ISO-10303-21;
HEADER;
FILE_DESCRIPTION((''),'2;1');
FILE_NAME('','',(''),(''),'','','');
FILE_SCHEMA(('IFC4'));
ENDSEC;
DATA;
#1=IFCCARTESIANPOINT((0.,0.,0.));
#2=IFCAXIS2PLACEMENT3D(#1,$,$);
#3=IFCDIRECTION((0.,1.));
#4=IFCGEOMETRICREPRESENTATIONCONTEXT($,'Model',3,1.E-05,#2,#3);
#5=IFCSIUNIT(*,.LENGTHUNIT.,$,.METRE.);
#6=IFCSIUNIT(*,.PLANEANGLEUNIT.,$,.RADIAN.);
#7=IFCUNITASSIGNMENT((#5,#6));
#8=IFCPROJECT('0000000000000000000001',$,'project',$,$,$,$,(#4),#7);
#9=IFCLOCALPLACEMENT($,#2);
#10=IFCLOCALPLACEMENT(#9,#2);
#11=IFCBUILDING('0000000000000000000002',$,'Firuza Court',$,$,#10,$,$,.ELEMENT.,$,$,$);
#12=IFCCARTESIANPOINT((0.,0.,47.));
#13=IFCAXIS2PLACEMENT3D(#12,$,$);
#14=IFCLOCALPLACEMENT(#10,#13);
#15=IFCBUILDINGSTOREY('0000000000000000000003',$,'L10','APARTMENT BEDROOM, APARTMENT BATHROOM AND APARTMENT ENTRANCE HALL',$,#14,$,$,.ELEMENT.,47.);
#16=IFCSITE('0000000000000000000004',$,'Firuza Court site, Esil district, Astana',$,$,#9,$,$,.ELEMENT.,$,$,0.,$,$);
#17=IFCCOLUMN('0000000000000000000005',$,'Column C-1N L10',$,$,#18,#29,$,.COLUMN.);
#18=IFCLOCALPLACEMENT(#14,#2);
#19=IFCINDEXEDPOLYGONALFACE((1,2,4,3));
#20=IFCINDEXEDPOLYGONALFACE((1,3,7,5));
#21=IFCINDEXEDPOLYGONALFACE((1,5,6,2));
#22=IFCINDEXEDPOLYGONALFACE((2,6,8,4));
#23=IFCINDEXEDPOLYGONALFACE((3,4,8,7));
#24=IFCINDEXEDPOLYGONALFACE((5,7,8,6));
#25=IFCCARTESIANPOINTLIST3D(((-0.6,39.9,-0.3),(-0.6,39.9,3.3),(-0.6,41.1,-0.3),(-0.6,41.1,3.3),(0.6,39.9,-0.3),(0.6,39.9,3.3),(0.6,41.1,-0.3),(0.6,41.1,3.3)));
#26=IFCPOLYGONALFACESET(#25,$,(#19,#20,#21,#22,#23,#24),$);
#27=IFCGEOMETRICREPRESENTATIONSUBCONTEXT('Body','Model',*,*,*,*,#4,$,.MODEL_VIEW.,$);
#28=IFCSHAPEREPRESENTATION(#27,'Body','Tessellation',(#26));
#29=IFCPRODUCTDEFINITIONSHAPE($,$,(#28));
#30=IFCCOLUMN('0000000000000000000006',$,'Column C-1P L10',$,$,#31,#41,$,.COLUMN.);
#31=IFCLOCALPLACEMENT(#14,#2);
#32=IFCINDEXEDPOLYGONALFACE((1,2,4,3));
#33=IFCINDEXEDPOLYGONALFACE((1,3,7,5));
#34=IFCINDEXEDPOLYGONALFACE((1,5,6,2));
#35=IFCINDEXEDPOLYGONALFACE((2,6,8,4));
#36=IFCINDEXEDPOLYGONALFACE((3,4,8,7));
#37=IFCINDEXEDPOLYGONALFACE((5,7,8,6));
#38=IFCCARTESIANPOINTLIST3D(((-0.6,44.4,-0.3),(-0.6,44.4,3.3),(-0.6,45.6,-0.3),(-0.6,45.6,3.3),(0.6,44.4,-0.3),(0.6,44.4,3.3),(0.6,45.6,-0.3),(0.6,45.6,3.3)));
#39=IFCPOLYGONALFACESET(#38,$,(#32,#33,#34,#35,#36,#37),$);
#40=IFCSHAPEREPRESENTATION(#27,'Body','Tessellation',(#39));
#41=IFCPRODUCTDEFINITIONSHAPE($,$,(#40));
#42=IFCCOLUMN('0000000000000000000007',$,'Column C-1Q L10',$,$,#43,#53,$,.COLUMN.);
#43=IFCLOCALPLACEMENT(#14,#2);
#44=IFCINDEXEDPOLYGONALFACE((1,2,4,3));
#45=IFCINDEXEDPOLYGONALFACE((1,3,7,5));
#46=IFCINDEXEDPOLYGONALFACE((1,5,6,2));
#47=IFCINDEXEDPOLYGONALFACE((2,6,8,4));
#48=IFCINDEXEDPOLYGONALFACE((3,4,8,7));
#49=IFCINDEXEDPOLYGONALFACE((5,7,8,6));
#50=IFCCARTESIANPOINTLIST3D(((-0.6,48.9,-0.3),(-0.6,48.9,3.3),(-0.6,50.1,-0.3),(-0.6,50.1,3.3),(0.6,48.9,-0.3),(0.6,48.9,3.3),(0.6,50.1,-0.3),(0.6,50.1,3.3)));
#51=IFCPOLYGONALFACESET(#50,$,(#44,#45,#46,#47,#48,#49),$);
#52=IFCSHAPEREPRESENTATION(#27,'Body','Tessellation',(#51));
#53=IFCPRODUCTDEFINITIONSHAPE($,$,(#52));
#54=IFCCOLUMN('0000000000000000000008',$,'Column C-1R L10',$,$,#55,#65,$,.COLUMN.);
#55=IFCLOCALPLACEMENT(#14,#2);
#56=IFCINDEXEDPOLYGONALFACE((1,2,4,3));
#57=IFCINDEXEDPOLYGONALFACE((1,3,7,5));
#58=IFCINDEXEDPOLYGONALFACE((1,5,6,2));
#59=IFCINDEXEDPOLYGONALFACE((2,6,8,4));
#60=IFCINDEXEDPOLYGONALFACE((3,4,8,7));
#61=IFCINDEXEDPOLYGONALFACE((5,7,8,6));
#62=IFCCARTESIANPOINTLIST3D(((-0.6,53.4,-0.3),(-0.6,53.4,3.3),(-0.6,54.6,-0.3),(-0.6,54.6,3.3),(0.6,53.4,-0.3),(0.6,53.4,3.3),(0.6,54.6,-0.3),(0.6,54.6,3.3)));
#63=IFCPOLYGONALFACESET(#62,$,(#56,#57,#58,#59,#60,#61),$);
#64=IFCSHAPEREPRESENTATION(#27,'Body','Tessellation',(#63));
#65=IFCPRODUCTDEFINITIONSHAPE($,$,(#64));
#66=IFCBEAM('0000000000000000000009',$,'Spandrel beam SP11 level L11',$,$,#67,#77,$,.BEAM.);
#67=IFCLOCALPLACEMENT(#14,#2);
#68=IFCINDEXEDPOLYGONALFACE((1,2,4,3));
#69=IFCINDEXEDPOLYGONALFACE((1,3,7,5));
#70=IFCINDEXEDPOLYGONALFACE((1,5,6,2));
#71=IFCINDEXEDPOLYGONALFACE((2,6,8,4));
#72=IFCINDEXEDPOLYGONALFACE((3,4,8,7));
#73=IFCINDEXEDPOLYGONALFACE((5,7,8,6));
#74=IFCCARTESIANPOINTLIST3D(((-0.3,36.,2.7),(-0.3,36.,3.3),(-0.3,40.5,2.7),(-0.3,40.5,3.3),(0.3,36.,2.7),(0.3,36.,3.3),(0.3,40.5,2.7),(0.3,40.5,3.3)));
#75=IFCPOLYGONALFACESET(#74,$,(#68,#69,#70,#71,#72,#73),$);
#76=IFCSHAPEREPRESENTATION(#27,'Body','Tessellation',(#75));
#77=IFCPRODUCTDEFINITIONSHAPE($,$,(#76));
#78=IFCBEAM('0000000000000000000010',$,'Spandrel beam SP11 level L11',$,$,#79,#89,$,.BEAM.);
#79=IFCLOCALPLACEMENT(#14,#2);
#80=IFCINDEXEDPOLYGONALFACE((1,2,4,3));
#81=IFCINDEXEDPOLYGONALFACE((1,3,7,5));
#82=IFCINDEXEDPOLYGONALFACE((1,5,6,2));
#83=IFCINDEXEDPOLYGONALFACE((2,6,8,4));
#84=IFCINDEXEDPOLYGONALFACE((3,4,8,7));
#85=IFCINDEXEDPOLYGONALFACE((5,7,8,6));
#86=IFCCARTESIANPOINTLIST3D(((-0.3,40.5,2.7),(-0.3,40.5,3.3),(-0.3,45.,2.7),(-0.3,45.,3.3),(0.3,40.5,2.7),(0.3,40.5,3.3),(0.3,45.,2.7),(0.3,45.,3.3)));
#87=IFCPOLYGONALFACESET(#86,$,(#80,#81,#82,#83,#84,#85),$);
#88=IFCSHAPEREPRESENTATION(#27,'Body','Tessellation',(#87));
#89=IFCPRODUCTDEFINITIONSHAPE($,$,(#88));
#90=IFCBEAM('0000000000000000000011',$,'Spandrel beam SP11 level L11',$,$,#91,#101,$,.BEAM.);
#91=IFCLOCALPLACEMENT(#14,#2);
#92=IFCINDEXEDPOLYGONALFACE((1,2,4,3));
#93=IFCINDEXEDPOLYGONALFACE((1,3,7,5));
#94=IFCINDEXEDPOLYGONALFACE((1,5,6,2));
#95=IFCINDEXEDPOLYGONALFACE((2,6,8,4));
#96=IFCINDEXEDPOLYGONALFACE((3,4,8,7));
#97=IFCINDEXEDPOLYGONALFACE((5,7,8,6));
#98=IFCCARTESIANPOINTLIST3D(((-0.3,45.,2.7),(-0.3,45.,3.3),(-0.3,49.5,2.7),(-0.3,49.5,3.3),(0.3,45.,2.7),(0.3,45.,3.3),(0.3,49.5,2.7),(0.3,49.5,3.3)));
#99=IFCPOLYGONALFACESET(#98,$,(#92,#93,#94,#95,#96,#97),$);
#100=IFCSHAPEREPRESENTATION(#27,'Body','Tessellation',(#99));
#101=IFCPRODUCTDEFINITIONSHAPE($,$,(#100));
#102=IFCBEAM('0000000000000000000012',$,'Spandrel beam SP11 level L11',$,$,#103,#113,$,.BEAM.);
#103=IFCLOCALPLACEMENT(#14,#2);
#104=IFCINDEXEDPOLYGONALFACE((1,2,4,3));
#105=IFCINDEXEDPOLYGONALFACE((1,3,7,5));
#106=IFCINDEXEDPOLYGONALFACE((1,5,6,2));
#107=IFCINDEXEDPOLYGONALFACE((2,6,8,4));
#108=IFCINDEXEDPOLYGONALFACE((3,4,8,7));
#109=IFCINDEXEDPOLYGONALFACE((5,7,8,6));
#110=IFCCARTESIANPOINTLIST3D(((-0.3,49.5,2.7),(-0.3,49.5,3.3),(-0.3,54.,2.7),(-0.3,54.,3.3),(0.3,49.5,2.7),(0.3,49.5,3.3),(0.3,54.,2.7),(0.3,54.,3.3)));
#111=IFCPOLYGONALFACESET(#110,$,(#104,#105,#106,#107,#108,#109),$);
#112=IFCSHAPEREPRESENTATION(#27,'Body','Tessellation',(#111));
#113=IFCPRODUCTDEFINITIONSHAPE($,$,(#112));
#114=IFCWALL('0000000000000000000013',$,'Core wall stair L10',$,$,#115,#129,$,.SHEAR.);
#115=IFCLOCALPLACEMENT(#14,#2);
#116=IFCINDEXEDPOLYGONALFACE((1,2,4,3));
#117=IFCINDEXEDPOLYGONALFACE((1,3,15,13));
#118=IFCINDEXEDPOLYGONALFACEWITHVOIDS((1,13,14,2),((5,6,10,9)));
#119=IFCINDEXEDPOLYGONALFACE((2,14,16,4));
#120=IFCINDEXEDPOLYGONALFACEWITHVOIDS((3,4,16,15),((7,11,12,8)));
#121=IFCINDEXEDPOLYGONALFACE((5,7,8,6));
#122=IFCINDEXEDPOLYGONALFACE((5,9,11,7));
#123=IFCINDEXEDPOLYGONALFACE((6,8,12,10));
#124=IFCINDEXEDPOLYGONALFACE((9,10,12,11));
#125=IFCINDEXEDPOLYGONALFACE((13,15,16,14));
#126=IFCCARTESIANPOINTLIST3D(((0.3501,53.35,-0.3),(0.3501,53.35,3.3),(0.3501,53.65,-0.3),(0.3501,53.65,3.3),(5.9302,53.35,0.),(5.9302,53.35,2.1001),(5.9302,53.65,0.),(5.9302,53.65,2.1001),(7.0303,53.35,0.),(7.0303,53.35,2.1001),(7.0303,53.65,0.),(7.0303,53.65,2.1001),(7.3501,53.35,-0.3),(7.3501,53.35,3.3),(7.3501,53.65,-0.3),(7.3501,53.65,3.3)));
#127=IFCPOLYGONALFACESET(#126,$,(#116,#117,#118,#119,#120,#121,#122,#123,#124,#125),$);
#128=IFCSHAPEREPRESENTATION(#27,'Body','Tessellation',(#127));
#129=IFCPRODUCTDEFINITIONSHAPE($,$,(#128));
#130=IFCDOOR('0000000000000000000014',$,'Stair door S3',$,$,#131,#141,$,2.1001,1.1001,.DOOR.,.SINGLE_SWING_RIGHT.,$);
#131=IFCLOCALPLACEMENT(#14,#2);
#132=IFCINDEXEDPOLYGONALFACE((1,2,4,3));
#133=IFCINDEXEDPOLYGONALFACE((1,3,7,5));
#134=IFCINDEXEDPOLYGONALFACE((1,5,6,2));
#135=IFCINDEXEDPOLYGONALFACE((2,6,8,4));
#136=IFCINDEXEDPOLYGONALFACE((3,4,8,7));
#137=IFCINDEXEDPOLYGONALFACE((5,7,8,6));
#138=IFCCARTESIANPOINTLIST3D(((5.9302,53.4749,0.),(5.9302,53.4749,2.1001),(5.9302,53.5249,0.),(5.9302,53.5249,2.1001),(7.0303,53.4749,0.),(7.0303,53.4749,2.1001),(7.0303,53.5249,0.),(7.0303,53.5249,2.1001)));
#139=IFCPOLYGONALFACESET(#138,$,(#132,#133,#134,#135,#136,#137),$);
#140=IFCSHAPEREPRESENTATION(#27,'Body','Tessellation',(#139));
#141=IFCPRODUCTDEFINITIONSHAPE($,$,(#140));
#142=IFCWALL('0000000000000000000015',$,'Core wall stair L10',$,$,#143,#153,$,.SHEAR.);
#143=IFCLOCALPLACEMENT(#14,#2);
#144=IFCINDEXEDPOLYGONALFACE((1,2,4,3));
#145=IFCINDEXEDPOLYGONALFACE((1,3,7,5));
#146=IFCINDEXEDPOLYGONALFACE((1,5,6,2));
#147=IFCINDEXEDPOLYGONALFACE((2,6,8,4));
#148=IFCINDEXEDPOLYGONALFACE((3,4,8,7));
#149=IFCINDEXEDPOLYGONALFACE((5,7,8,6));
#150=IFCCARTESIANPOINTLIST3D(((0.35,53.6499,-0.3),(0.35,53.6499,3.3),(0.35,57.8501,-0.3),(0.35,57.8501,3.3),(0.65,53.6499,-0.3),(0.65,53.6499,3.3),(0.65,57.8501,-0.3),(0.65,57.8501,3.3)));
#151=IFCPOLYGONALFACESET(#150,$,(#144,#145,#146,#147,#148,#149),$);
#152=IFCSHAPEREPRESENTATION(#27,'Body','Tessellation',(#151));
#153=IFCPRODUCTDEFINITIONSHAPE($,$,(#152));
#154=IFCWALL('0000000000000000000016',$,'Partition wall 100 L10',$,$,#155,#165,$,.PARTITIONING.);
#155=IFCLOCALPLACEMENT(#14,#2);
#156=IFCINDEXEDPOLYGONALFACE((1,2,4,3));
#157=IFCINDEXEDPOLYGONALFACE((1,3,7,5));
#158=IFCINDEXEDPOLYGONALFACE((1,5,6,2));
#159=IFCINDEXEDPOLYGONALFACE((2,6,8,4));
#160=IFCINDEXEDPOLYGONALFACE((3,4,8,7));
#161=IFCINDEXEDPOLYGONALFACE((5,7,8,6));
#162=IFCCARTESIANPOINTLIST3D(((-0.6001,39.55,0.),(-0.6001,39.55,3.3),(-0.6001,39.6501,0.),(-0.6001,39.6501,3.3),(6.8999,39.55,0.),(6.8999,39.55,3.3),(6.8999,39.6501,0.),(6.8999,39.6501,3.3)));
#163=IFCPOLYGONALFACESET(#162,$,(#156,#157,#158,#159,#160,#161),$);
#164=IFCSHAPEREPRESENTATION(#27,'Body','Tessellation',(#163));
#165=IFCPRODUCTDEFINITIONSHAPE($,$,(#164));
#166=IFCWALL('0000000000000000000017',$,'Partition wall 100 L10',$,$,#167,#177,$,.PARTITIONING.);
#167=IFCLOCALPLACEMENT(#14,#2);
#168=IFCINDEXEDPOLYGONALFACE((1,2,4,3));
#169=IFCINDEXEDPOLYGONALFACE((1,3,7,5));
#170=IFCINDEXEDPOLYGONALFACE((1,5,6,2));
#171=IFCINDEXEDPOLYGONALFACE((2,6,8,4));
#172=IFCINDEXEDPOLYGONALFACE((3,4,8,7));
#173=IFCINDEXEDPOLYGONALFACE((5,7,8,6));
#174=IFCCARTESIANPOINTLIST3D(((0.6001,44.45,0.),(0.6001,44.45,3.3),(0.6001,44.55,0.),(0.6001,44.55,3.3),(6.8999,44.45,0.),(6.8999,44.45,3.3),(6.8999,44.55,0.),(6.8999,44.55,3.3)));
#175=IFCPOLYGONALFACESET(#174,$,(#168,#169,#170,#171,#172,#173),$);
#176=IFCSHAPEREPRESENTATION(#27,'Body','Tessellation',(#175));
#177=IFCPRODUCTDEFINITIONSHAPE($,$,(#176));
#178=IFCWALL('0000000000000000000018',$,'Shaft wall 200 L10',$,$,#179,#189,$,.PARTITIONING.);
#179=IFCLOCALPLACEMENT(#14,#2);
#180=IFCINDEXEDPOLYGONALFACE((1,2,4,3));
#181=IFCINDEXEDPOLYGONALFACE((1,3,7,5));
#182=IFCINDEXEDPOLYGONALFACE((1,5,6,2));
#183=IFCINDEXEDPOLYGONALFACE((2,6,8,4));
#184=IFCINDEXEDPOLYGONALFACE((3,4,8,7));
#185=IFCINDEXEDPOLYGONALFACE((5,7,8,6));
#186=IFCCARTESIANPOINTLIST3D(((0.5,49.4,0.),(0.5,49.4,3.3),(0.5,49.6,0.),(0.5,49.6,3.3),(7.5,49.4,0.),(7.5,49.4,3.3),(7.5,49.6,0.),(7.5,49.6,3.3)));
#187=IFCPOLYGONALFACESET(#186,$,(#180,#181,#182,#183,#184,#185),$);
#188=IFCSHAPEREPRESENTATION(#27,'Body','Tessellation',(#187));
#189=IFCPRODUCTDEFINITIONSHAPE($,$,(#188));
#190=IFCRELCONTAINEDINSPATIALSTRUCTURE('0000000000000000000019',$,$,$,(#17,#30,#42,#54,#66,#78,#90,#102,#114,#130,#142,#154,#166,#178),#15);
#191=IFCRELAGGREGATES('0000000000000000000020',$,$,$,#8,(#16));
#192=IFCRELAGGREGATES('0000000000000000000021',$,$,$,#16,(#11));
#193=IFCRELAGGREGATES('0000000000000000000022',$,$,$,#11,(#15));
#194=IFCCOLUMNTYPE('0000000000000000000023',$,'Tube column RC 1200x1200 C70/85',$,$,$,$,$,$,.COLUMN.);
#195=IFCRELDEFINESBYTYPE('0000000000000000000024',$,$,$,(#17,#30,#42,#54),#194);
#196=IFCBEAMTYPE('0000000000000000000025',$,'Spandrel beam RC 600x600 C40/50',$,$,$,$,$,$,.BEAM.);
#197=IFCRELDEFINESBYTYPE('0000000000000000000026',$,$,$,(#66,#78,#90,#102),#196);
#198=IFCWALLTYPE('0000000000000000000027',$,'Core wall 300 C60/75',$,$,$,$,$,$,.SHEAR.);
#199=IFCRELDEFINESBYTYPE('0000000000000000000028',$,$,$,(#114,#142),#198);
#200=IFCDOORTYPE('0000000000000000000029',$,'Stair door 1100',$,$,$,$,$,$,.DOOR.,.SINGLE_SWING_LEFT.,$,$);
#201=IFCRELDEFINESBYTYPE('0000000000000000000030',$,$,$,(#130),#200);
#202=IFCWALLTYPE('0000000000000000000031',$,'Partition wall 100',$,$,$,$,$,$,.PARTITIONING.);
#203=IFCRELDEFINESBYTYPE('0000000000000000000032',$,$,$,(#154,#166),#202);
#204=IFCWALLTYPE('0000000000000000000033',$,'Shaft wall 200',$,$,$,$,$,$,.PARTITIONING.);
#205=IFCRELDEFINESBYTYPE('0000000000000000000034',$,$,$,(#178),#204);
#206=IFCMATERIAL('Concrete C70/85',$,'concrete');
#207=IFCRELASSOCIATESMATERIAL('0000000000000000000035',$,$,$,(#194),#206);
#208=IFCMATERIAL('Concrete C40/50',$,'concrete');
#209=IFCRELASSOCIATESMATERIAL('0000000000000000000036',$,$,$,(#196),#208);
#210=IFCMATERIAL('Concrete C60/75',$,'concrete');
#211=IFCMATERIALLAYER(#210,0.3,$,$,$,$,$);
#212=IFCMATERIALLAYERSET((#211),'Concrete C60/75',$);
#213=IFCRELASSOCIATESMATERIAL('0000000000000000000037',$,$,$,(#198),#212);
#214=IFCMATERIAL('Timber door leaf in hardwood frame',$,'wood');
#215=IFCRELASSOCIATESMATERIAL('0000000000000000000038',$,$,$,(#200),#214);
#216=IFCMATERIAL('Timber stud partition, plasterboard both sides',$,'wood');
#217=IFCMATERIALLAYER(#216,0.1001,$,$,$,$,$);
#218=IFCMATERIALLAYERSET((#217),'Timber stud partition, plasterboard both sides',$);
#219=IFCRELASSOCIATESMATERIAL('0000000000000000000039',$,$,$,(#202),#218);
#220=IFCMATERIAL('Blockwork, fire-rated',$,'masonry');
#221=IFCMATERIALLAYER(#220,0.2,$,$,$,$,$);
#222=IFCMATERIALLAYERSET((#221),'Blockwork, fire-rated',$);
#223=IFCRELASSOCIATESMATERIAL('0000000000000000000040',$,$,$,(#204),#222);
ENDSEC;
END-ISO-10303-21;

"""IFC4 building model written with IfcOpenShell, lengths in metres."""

from ifc_helpers import new_model, si_unit, direction, frame, frame_2d, origin, origin_2d, place, context, subcontext, project, spatial, rectangle, extrude, material, layer, layer_set, material_profile, profile_set, type_object, element, fill, save


model = new_model("IFC4")

# Units and contexts
model_context = context("Model", 3, precision=1e-05, world=origin(), true_north=direction((0.0, 1.0)))
body_context = subcontext(model_context, "Body", "Model", "MODEL_VIEW")
ifc_project = project(units=[si_unit("LENGTHUNIT", "METRE"), si_unit("PLANEANGLEUNIT", "RADIAN")], contexts=[model_context])

# Site, building, storey
site_placement = place(None, origin())
site = spatial("IfcSite", under=ifc_project, at=site_placement, Name="Firuza Court site, Esil district, Astana", CompositionType="ELEMENT", RefElevation=0.0)
building_placement = place(site_placement, origin())
building = spatial("IfcBuilding", under=site, at=building_placement, Name="Firuza Court", CompositionType="ELEMENT")
storey_placement = place(building_placement, frame((0.0, 0.0, 47.0)))
storey = spatial("IfcBuildingStorey", under=building, at=storey_placement, Name="L10", Description="APARTMENT BEDROOM, APARTMENT BATHROOM AND APARTMENT ENTRANCE HALL", CompositionType="ELEMENT", Elevation=47.0)

# Columns
ifc_material_1 = material(Name="Concrete C70/85", Category="concrete")
ifc_material_profile_1 = material_profile(ifc_material_1, rectangle(XDim=1.2, YDim=1.2, at=origin_2d()), Name="RC 1200x1200")
ifc_profile_set_1 = profile_set([ifc_material_profile_1], Name="Concrete C70/85")
column_type = type_object("IfcColumnType", Name="Tube column RC 1200x1200 C70/85", PredefinedType="COLUMN", material=ifc_profile_set_1)
for number, where, z_axis, x_axis, name in (
    (1, (0.0, 40.5, -0.3), (0.0, 0.0, 1.0), (1.0, 0.0, 0.0), "Column C-1N L10"),
    (2, (0.0, 45.0, -0.3), (0.0, 0.0, 1.0), (1.0, 0.0, 0.0), "Column C-1P L10"),
    (3, (0.0, 49.5, -0.3), (0.0, 0.0, 1.0), (1.0, 0.0, 0.0), "Column C-1Q L10"),
    (4, (0.0, 54.0, -0.3), (0.0, 0.0, 1.0), (1.0, 0.0, 0.0), "Column C-1R L10"),
):
    element("IfcColumn", number, at=place(storey_placement, frame(where, z_axis=z_axis, x_axis=x_axis)), inside=storey, type_object=column_type, Name=name, PredefinedType="COLUMN", context=body_context, shape_type="SweptSolid", body=[
        extrude(rectangle(XDim=1.2, YDim=1.2, at=origin_2d()), origin(), (0.0, 0.0, 1.0), 3.6001),
    ])

# Beams
ifc_material_2 = material(Name="Concrete C40/50", Category="concrete")
ifc_material_profile_2 = material_profile(ifc_material_2, rectangle(XDim=0.6001, YDim=0.6001, at=origin_2d()), Name="RC 600x600")
ifc_profile_set_2 = profile_set([ifc_material_profile_2], Name="Concrete C40/50")
beam_type = type_object("IfcBeamType", Name="Spandrel beam RC 600x600 C40/50", PredefinedType="BEAM", material=ifc_profile_set_2)
for number, where, z_axis, x_axis, name in (
    (5, (0.0, 40.5, 3.0), (0.0, -1.0, 0.0), (1.0, 0.0, 0.0), "Spandrel beam SP11 level L11"),
    (6, (0.0, 45.0, 3.0), (0.0, -1.0, 0.0), (1.0, 0.0, 0.0), "Spandrel beam SP11 level L11"),
    (7, (0.0, 49.5, 3.0), (0.0, -1.0, 0.0), (1.0, 0.0, 0.0), "Spandrel beam SP11 level L11"),
    (8, (0.0, 54.0, 3.0), (0.0, -1.0, 0.0), (1.0, 0.0, 0.0), "Spandrel beam SP11 level L11"),
):
    element("IfcBeam", number, at=place(storey_placement, frame(where, z_axis=z_axis, x_axis=x_axis)), inside=storey, type_object=beam_type, Name=name, PredefinedType="BEAM", context=body_context, shape_type="SweptSolid", body=[
        extrude(rectangle(XDim=0.6001, YDim=0.6001, at=origin_2d()), origin(), (0.0, 0.0, 1.0), 4.5),
    ])

# Wall, opening, door
ifc_material_3 = material(Name="Concrete C60/75", Category="concrete")
ifc_layer_1 = layer(ifc_material_3, 0.3)
ifc_layer_set_1 = layer_set([ifc_layer_1], Name="Concrete C60/75")
wall_type_1 = type_object("IfcWallType", Name="Core wall 300 C60/75", PredefinedType="SHEAR", material=ifc_layer_set_1)
wall_1_placement = place(storey_placement, frame((0.3501, 53.5, -0.3), z_axis=(0.0, 0.0, 1.0), x_axis=(1.0, 0.0, 0.0)))
wall_1 = element("IfcWall", 9, at=wall_1_placement, inside=storey, type_object=wall_type_1, Name="Core wall stair L10", PredefinedType="SHEAR", context=body_context, shape_type="SweptSolid", body=[
    extrude(rectangle(XDim=7.0, YDim=0.3, at=frame_2d((3.5, 0.0))), origin(), (0.0, 0.0, 1.0), 3.6001),
])
opening_placement = place(wall_1_placement, frame((5.5801, 0.0, 0.3)))
opening = element("IfcOpeningElement", 10, at=opening_placement, cuts=wall_1, PredefinedType="OPENING", context=body_context, shape_type="SweptSolid", body=[
    extrude(rectangle(XDim=1.1001, YDim=2.1001, at=frame_2d((0.55, 1.05))), frame((0.0, 0.1621, 0.0), z_axis=(0.0, -1.0, 0.0), x_axis=(1.0, 0.0, 0.0)), (0.0, 0.0, 1.0), 0.324),
])
ifc_material_4 = material(Name="Timber door leaf in hardwood frame", Category="wood")
door_type = type_object("IfcDoorType", Name="Stair door 1100", OperationType="SINGLE_SWING_LEFT", PredefinedType="DOOR", material=ifc_material_4)
door_placement = place(opening_placement, origin())
door = element("IfcDoor", 11, at=door_placement, inside=storey, type_object=door_type, Name="Stair door S3", OperationType="SINGLE_SWING_RIGHT", OverallHeight=2.1001, OverallWidth=1.1001, PredefinedType="DOOR", context=body_context, shape_type="SweptSolid", body=[
    extrude(rectangle(XDim=1.1001, YDim=2.1001, at=frame_2d((0.55, 1.05))), frame((0.0, 0.0249, 0.0), z_axis=(0.0, -1.0, 0.0), x_axis=(1.0, 0.0, 0.0)), (0.0, 0.0, 1.0), 0.05),
])
fill(opening, door)

# Walls
wall_2_placement = place(storey_placement, frame((0.5, 53.6499, -0.3), z_axis=(0.0, 0.0, 1.0), x_axis=(0.0, 1.0, 0.0)))
element("IfcWall", 12, at=wall_2_placement, inside=storey, type_object=wall_type_1, Name="Core wall stair L10", PredefinedType="SHEAR", context=body_context, shape_type="SweptSolid", body=[
    extrude(rectangle(XDim=4.2002, YDim=0.3, at=frame_2d((2.1001, 0.0))), origin(), (0.0, 0.0, 1.0), 3.6001),
])
ifc_material_5 = material(Name="Timber stud partition, plasterboard both sides", Category="wood")
ifc_layer_2 = layer(ifc_material_5, 0.1001)
ifc_layer_set_2 = layer_set([ifc_layer_2], Name="Timber stud partition, plasterboard both sides")
wall_type_2 = type_object("IfcWallType", Name="Partition wall 100", PredefinedType="PARTITIONING", material=ifc_layer_set_2)
wall_3_placement = place(storey_placement, frame((-0.6001, 39.6001, 0.0), z_axis=(0.0, 0.0, 1.0), x_axis=(1.0, 0.0, 0.0)))
element("IfcWall", 13, at=wall_3_placement, inside=storey, type_object=wall_type_2, Name="Partition wall 100 L10", PredefinedType="PARTITIONING", context=body_context, shape_type="SweptSolid", body=[
    extrude(rectangle(XDim=7.5, YDim=0.1001, at=frame_2d((3.75, 0.0))), origin(), (0.0, 0.0, 1.0), 3.3),
])
wall_4_placement = place(storey_placement, frame((0.6001, 44.5, 0.0), z_axis=(0.0, 0.0, 1.0), x_axis=(1.0, 0.0, 0.0)))
element("IfcWall", 14, at=wall_4_placement, inside=storey, type_object=wall_type_2, Name="Partition wall 100 L10", PredefinedType="PARTITIONING", context=body_context, shape_type="SweptSolid", body=[
    extrude(rectangle(XDim=6.2998, YDim=0.1001, at=frame_2d((3.1499, 0.0))), origin(), (0.0, 0.0, 1.0), 3.3),
])
ifc_material_6 = material(Name="Blockwork, fire-rated", Category="masonry")
ifc_layer_3 = layer(ifc_material_6, 0.2)
ifc_layer_set_3 = layer_set([ifc_layer_3], Name="Blockwork, fire-rated")
wall_type_3 = type_object("IfcWallType", Name="Shaft wall 200", PredefinedType="PARTITIONING", material=ifc_layer_set_3)
wall_5_placement = place(storey_placement, frame((0.5, 49.5, 0.0), z_axis=(0.0, 0.0, 1.0), x_axis=(1.0, 0.0, 0.0)))
element("IfcWall", 15, at=wall_5_placement, inside=storey, type_object=wall_type_3, Name="Shaft wall 200 L10", PredefinedType="PARTITIONING", context=body_context, shape_type="SweptSolid", body=[
    extrude(rectangle(XDim=7.0, YDim=0.2, at=frame_2d((3.5, 0.0))), origin(), (0.0, 0.0, 1.0), 3.3),
])

save(model, "model.ifc")
